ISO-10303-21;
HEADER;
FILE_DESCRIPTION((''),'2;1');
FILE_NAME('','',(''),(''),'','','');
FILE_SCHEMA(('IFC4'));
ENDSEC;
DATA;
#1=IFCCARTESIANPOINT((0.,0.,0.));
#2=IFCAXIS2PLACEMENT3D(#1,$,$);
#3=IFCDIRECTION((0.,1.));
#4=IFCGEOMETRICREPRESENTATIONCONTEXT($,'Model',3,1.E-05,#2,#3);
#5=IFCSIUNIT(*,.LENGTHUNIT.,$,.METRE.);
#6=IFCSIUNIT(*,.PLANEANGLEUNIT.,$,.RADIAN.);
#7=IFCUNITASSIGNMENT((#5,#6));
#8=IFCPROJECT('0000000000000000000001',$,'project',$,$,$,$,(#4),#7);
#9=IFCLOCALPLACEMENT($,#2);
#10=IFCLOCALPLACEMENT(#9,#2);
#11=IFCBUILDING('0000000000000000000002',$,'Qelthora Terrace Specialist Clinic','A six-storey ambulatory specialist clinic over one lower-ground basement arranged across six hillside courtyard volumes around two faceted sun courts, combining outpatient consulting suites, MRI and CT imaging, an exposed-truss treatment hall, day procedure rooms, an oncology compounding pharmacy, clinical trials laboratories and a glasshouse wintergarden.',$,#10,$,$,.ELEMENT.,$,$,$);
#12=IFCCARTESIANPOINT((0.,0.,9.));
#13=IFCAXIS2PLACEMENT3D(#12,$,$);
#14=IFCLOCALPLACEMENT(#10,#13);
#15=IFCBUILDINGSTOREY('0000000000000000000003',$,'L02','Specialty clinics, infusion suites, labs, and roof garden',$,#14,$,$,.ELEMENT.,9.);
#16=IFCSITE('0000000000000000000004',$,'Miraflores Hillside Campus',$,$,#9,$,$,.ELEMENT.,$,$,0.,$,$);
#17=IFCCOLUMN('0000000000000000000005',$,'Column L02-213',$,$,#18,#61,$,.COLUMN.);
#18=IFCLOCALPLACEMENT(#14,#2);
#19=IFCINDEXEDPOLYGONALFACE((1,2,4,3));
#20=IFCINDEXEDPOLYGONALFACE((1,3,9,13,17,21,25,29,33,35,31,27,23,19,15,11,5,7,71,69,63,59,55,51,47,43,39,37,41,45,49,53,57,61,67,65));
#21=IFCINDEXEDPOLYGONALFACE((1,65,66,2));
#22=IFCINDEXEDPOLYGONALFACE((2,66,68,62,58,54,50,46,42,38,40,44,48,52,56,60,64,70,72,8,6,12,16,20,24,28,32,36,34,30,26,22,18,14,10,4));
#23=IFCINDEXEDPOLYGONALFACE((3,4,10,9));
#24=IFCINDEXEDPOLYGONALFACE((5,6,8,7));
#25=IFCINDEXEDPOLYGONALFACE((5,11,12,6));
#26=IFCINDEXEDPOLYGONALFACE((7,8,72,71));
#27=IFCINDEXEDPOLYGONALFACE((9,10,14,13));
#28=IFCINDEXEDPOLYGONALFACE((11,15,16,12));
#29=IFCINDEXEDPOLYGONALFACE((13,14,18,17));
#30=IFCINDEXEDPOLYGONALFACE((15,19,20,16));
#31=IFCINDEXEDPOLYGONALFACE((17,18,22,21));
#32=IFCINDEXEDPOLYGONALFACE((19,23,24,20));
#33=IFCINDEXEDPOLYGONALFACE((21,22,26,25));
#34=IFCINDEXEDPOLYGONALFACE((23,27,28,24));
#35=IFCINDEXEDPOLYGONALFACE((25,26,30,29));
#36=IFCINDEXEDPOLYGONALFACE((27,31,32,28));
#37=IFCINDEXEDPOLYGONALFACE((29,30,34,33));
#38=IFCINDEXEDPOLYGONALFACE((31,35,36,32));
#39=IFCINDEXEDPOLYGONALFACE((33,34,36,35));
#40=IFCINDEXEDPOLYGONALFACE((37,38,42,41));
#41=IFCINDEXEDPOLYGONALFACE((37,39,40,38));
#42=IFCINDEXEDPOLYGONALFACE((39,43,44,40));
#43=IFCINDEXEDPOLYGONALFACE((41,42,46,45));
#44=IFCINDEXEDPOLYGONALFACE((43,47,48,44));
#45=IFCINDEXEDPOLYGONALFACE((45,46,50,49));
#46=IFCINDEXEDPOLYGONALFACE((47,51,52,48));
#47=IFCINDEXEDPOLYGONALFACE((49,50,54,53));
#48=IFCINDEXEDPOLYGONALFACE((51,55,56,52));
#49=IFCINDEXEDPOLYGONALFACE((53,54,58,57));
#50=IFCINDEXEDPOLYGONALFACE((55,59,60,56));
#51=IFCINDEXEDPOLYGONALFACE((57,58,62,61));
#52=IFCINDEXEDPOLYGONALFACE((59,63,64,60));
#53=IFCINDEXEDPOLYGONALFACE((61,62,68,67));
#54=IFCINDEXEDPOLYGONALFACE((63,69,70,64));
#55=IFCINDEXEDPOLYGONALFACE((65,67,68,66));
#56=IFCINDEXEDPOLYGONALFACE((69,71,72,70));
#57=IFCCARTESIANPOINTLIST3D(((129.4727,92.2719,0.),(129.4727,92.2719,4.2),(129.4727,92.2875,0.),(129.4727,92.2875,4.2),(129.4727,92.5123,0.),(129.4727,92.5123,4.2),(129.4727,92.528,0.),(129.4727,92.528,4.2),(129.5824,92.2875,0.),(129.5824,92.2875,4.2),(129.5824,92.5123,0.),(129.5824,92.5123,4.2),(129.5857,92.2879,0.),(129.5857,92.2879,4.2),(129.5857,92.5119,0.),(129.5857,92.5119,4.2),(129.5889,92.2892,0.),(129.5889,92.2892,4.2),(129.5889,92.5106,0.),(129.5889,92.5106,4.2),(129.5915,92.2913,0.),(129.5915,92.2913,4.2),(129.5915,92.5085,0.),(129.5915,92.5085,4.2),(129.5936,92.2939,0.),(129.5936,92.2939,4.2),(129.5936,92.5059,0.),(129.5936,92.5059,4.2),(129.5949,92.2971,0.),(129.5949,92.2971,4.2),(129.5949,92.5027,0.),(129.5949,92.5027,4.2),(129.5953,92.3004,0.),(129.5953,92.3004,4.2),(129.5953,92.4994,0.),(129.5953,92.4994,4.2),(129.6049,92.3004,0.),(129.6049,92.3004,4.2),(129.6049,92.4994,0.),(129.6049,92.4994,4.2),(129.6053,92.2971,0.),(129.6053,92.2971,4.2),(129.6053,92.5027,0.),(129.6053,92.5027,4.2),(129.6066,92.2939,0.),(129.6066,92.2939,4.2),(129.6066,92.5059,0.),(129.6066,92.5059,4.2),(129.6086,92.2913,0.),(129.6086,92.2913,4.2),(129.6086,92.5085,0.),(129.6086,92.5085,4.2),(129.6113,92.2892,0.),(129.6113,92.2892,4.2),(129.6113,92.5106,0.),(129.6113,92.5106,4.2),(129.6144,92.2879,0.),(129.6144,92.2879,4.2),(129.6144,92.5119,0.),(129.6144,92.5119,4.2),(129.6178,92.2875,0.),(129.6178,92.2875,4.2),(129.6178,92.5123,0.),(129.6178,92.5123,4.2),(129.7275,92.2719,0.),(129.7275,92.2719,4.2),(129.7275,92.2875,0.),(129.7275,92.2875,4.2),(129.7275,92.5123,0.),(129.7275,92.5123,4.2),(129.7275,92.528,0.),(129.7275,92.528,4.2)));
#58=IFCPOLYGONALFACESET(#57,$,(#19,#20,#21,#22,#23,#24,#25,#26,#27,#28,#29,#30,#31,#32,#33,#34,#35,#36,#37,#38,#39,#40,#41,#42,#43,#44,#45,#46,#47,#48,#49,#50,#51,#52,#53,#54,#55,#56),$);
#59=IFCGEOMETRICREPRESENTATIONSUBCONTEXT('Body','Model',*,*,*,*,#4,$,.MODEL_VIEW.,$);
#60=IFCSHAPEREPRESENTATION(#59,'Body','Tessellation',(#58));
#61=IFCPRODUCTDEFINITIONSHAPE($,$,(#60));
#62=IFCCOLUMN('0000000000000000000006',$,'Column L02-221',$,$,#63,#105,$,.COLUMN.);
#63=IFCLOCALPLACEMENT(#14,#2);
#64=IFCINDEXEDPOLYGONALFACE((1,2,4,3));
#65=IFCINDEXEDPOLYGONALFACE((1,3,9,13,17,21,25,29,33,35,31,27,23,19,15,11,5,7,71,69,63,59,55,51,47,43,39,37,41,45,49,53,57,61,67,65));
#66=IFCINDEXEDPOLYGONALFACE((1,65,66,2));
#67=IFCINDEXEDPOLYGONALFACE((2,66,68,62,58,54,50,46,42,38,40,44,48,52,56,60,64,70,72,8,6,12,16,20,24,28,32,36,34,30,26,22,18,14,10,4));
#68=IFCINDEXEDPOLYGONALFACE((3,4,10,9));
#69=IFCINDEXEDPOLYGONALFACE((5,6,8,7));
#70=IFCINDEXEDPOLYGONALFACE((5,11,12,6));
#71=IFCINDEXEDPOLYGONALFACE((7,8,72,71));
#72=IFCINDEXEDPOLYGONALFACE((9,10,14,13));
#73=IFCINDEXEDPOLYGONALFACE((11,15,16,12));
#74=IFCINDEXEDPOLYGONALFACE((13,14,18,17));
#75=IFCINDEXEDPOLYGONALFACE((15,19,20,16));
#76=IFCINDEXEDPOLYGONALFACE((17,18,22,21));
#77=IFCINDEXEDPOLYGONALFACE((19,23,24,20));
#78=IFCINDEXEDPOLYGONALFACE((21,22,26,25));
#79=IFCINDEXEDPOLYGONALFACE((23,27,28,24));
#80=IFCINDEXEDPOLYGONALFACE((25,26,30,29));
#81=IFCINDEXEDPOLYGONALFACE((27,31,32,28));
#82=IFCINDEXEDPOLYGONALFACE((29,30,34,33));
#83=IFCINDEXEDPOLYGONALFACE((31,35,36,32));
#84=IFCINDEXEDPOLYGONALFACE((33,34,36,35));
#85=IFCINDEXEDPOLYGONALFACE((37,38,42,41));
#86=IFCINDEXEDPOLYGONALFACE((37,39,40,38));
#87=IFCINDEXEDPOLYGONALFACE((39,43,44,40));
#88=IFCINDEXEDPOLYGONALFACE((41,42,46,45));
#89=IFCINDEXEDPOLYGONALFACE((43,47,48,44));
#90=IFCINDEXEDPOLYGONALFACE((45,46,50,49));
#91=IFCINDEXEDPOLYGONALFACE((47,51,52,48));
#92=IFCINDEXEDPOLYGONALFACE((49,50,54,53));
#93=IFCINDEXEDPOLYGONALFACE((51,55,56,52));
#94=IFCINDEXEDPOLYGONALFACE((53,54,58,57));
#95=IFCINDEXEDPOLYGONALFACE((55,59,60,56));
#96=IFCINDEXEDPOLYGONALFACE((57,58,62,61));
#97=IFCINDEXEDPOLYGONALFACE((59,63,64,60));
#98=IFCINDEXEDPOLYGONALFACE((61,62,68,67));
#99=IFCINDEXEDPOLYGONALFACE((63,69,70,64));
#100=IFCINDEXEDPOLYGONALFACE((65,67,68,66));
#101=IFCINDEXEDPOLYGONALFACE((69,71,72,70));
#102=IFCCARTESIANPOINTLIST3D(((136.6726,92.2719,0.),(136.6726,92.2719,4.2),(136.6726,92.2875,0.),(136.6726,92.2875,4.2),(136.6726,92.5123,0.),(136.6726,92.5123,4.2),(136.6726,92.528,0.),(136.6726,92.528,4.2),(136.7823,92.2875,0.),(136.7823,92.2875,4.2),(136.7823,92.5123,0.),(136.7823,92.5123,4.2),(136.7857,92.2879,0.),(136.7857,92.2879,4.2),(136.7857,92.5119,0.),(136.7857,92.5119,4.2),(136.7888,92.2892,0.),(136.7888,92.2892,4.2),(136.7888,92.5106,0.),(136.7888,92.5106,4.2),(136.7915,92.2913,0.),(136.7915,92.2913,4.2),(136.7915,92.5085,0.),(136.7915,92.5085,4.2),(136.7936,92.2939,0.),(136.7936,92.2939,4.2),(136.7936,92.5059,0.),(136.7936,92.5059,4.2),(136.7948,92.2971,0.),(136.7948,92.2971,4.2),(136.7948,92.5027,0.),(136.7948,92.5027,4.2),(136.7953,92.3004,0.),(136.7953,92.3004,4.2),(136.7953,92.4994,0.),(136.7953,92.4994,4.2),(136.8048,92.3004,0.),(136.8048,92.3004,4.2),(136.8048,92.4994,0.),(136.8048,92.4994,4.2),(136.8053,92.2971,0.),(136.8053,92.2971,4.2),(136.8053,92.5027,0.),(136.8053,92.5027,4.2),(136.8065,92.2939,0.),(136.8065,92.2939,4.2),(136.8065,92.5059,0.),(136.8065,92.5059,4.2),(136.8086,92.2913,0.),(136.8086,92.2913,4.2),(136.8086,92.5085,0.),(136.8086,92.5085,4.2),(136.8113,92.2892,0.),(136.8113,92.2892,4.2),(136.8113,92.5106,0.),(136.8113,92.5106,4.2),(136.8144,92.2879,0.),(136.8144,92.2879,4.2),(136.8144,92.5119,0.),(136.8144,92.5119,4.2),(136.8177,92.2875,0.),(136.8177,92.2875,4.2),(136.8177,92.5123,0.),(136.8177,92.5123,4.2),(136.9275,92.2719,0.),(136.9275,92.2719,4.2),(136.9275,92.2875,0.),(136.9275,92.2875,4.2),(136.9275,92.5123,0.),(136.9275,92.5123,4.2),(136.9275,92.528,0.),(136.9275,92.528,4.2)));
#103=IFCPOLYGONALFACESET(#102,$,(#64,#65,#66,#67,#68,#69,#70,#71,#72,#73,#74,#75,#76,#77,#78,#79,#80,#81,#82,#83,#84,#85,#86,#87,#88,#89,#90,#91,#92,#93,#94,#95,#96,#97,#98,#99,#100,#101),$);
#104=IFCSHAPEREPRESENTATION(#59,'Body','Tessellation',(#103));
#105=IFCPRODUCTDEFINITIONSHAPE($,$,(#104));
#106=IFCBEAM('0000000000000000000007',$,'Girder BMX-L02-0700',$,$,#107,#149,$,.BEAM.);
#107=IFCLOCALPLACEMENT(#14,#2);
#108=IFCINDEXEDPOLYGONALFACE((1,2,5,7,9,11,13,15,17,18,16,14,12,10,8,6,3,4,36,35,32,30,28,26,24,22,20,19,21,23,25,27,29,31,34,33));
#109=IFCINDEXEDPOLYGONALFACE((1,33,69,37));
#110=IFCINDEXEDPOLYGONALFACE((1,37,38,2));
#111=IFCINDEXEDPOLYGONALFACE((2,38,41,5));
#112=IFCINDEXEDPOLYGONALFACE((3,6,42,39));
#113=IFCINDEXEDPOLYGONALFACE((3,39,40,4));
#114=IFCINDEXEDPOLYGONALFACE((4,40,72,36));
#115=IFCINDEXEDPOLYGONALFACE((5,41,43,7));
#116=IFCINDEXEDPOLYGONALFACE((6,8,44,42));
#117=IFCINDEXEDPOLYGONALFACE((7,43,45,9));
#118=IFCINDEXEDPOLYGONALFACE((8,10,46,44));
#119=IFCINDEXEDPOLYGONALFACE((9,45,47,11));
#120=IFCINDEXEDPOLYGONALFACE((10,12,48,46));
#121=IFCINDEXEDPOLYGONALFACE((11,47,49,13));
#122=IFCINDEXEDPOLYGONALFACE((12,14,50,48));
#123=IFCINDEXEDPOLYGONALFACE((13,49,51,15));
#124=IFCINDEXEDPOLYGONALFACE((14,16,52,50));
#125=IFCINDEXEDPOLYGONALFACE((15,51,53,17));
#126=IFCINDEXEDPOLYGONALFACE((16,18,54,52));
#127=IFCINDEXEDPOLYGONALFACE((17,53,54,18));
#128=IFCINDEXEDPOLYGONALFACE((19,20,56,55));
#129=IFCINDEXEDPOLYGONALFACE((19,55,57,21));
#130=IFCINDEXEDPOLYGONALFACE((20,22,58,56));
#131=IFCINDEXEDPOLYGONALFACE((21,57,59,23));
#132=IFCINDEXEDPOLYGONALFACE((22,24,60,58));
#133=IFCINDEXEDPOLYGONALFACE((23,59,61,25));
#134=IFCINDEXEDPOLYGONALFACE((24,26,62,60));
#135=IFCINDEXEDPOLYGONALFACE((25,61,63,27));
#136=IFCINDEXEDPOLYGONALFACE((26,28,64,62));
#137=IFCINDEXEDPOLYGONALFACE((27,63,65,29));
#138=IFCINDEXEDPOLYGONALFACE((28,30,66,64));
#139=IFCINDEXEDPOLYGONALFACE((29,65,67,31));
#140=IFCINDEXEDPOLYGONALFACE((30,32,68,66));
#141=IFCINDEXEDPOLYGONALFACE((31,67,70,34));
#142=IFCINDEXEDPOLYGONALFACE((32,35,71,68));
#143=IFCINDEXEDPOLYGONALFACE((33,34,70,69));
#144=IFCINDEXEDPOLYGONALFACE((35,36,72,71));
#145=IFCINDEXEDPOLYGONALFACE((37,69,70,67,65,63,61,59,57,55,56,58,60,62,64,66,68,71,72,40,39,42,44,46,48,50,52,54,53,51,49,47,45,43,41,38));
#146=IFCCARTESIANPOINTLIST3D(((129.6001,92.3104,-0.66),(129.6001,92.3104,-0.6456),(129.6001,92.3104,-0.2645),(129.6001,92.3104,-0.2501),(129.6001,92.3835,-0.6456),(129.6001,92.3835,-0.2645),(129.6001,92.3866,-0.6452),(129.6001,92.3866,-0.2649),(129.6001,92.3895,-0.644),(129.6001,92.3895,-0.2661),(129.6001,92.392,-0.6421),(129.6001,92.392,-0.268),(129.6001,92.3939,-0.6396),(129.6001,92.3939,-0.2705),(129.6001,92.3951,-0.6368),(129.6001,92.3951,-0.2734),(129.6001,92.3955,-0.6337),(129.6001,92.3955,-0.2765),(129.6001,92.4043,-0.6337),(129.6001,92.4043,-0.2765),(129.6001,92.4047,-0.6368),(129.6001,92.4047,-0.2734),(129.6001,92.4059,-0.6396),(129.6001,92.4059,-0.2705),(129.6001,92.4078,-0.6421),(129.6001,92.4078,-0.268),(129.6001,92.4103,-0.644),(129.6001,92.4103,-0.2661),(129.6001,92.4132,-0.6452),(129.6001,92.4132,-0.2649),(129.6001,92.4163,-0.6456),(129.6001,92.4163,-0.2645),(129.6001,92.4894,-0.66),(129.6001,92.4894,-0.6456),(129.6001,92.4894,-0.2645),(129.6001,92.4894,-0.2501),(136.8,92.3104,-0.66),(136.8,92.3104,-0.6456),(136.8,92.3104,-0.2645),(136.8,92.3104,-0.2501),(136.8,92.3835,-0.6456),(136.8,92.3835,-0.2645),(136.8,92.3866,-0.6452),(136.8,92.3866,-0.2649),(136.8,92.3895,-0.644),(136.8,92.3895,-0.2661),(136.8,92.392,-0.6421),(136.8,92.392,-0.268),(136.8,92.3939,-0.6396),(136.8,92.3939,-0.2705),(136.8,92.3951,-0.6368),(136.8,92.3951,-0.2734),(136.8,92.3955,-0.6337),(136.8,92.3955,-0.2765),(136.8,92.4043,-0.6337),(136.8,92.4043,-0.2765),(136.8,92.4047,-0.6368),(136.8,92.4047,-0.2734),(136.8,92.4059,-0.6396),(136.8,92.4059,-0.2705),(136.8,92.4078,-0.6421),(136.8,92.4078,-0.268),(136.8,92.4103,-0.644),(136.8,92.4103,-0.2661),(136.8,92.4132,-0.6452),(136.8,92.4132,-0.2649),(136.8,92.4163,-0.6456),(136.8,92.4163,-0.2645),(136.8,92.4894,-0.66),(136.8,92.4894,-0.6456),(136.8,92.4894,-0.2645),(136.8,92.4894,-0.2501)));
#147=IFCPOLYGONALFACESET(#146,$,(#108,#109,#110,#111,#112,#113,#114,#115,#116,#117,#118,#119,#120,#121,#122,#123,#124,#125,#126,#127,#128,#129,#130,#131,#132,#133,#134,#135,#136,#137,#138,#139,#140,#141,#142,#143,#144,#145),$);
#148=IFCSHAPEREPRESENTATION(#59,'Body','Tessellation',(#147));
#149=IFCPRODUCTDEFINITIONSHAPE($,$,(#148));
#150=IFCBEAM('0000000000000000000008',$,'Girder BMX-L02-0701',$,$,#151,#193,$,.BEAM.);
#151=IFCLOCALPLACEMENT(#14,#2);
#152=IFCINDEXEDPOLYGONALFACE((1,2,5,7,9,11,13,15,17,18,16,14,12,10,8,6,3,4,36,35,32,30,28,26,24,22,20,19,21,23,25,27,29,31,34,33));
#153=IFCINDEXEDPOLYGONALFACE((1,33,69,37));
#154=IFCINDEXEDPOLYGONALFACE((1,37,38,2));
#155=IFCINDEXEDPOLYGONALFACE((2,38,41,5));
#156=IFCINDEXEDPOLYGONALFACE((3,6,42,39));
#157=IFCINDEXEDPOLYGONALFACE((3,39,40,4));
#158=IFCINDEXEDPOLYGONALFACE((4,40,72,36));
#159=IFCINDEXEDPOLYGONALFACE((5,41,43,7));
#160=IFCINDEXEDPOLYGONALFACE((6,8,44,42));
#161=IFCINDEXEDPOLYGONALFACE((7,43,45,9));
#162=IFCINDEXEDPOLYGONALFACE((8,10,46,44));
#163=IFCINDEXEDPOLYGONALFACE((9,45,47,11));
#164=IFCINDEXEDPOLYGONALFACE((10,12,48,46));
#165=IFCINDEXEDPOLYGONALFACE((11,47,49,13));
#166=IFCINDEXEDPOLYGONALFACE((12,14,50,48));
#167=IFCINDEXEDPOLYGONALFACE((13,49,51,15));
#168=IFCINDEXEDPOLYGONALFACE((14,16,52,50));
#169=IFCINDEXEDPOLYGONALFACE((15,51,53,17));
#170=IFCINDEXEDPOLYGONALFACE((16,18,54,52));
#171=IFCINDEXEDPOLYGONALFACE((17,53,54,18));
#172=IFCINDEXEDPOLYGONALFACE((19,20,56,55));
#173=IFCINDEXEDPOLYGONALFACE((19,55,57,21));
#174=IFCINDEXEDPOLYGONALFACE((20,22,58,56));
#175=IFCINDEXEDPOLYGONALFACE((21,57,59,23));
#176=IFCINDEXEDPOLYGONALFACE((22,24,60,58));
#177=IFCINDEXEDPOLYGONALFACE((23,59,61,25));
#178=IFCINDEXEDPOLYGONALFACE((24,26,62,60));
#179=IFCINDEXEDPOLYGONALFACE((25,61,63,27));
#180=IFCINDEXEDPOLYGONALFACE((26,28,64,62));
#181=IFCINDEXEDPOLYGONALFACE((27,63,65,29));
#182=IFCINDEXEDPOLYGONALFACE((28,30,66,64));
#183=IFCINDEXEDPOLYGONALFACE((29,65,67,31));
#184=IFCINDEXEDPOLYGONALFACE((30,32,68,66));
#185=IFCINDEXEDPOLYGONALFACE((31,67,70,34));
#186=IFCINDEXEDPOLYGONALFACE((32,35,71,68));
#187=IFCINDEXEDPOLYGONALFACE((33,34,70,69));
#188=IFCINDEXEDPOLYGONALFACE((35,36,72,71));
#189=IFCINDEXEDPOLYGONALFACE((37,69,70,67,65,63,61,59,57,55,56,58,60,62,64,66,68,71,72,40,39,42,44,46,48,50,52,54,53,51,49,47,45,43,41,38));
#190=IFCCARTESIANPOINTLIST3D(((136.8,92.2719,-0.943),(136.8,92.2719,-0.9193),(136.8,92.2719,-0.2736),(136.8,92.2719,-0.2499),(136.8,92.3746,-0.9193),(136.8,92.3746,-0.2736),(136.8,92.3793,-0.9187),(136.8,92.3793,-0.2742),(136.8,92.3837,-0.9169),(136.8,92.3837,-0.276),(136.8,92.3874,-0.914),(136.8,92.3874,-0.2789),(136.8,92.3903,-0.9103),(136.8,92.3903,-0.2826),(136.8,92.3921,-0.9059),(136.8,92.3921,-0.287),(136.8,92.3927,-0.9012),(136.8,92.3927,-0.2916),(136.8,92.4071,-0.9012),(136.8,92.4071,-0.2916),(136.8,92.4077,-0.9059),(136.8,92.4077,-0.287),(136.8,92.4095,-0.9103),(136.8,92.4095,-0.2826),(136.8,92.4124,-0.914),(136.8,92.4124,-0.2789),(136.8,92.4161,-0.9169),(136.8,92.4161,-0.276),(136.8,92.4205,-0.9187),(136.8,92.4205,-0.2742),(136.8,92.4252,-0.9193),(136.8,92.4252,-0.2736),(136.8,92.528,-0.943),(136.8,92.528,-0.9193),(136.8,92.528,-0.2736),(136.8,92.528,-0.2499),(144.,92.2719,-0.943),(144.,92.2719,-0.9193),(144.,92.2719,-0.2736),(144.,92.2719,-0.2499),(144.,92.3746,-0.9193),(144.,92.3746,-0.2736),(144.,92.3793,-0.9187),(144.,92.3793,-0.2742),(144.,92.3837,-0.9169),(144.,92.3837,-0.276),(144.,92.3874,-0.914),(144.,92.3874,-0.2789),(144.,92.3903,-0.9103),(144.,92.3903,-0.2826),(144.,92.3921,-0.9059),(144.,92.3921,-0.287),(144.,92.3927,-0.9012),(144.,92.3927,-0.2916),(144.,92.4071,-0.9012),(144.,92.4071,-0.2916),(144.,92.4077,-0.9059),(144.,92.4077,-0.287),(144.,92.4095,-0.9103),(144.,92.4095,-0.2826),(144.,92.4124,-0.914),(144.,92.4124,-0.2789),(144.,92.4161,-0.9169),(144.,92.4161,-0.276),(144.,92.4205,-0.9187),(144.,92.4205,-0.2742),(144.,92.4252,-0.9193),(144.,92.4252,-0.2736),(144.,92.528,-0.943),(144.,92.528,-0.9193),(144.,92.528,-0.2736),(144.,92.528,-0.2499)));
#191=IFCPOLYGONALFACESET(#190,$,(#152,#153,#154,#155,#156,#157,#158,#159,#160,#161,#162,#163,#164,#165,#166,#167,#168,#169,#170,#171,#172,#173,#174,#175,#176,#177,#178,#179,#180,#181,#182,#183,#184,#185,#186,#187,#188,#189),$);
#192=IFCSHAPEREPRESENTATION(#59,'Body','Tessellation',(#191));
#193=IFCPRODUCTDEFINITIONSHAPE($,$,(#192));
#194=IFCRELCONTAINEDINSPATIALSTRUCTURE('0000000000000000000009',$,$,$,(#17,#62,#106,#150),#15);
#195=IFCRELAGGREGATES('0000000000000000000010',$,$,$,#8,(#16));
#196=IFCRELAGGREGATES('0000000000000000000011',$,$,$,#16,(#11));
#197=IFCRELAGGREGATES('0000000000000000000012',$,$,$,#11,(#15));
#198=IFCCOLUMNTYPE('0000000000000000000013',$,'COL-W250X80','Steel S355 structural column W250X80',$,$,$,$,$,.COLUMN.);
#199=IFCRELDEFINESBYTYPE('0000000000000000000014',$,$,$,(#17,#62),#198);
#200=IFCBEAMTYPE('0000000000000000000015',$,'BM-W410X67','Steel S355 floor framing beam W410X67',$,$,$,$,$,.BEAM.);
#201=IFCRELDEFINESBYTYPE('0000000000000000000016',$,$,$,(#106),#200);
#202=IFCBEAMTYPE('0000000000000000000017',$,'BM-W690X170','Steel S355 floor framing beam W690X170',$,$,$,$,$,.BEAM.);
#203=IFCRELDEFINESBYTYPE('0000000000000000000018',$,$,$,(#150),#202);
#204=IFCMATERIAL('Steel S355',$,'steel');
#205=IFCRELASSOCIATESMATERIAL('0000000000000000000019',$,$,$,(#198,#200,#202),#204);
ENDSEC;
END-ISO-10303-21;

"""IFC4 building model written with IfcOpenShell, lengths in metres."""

from ifc_helpers import new_model, si_unit, direction, frame, origin, origin_2d, place, context, subcontext, project, spatial, i_section, extrude, material, material_profile, profile_set, type_object, element, save


model = new_model("IFC4")

# Units and contexts
model_context = context("Model", 3, precision=1e-05, world=origin(), true_north=direction((0.0, 1.0)))
body_context = subcontext(model_context, "Body", "Model", "MODEL_VIEW")
ifc_project = project(units=[si_unit("LENGTHUNIT", "METRE"), si_unit("PLANEANGLEUNIT", "RADIAN")], contexts=[model_context])

# Site, building, storey
site_placement = place(None, origin())
site = spatial("IfcSite", under=ifc_project, at=site_placement, Name="Miraflores Hillside Campus", CompositionType="ELEMENT", RefElevation=0.0)
building_placement = place(site_placement, origin())
building = spatial("IfcBuilding", under=site, at=building_placement, Name="Qelthora Terrace Specialist Clinic", Description="A six-storey ambulatory specialist clinic over one lower-ground basement arranged across six hillside courtyard volumes around two faceted sun courts, combining outpatient consulting suites, MRI and CT imaging, an exposed-truss treatment hall, day procedure rooms, an oncology compounding pharmacy, clinical trials laboratories and a glasshouse wintergarden.", CompositionType="ELEMENT")
storey_placement = place(building_placement, frame((0.0, 0.0, 9.0)))
storey = spatial("IfcBuildingStorey", under=building, at=storey_placement, Name="L02", Description="Specialty clinics, infusion suites, labs, and roof garden", CompositionType="ELEMENT", Elevation=9.0)

# Columns
ifc_material_1 = material(Name="Steel S355", Category="steel")
ifc_material_profile_1 = material_profile(ifc_material_1, i_section(OverallWidth=0.2549, OverallDepth=0.2561, WebThickness=0.0095, FlangeThickness=0.0156, FilletRadius=0.0129, at=origin_2d()), Name="W250X80")
ifc_profile_set_1 = profile_set([ifc_material_profile_1], Name="Steel S355")
column_type = type_object("IfcColumnType", Name="COL-W250X80", Description="Steel S355 structural column W250X80", PredefinedType="COLUMN", material=ifc_profile_set_1)
for number, where, z_axis, x_axis, name in (
    (1, (129.6001, 92.3999, 0.0), (0.0, 0.0, 1.0), (1.0, 0.0, 0.0), "Column L02-213"),
    (2, (136.8, 92.3999, 0.0), (0.0, 0.0, 1.0), (1.0, 0.0, 0.0), "Column L02-221"),
):
    element("IfcColumn", number, at=place(storey_placement, frame(where, z_axis=z_axis, x_axis=x_axis)), inside=storey, type_object=column_type, Name=name, PredefinedType="COLUMN", context=body_context, shape_type="SweptSolid", body=[
        extrude(i_section(OverallWidth=0.2549, OverallDepth=0.2561, WebThickness=0.0095, FlangeThickness=0.0156, FilletRadius=0.0129, at=origin_2d()), origin(), (0.0, 0.0, 1.0), 4.2),
    ])

# Beams
ifc_material_profile_2 = material_profile(ifc_material_1, i_section(OverallWidth=0.179, OverallDepth=0.4099, WebThickness=0.0088, FlangeThickness=0.0144, FilletRadius=0.012, at=origin_2d()), Name="W410X67")
ifc_profile_set_2 = profile_set([ifc_material_profile_2], Name="Steel S355")
beam_type_1 = type_object("IfcBeamType", Name="BM-W410X67", Description="Steel S355 floor framing beam W410X67", PredefinedType="BEAM", material=ifc_profile_set_2)
beam_1_placement = place(storey_placement, frame((129.6001, 92.3999, -0.4551), z_axis=(1.0, 0.0, 0.0), x_axis=(0.0, 1.0, 0.0)))
element("IfcBeam", 3, at=beam_1_placement, inside=storey, type_object=beam_type_1, Name="Girder BMX-L02-0700", PredefinedType="BEAM", context=body_context, shape_type="SweptSolid", body=[
    extrude(i_section(OverallWidth=0.179, OverallDepth=0.4099, WebThickness=0.0088, FlangeThickness=0.0144, FilletRadius=0.012, at=origin_2d()), origin(), (0.0, 0.0, 1.0), 7.2),
])
ifc_material_profile_3 = material_profile(ifc_material_1, i_section(OverallWidth=0.2561, OverallDepth=0.6931, WebThickness=0.0144, FlangeThickness=0.0237, FilletRadius=0.0181, at=origin_2d()), Name="W690X170")
ifc_profile_set_3 = profile_set([ifc_material_profile_3], Name="Steel S355")
beam_type_2 = type_object("IfcBeamType", Name="BM-W690X170", Description="Steel S355 floor framing beam W690X170", PredefinedType="BEAM", material=ifc_profile_set_3)
beam_2_placement = place(storey_placement, frame((136.8, 92.3999, -0.5964), z_axis=(1.0, 0.0, 0.0), x_axis=(0.0, 1.0, 0.0)))
element("IfcBeam", 4, at=beam_2_placement, inside=storey, type_object=beam_type_2, Name="Girder BMX-L02-0701", PredefinedType="BEAM", context=body_context, shape_type="SweptSolid", body=[
    extrude(i_section(OverallWidth=0.2561, OverallDepth=0.6931, WebThickness=0.0144, FlangeThickness=0.0237, FilletRadius=0.0181, at=origin_2d()), origin(), (0.0, 0.0, 1.0), 7.2),
])

save(model, "model.ifc")
